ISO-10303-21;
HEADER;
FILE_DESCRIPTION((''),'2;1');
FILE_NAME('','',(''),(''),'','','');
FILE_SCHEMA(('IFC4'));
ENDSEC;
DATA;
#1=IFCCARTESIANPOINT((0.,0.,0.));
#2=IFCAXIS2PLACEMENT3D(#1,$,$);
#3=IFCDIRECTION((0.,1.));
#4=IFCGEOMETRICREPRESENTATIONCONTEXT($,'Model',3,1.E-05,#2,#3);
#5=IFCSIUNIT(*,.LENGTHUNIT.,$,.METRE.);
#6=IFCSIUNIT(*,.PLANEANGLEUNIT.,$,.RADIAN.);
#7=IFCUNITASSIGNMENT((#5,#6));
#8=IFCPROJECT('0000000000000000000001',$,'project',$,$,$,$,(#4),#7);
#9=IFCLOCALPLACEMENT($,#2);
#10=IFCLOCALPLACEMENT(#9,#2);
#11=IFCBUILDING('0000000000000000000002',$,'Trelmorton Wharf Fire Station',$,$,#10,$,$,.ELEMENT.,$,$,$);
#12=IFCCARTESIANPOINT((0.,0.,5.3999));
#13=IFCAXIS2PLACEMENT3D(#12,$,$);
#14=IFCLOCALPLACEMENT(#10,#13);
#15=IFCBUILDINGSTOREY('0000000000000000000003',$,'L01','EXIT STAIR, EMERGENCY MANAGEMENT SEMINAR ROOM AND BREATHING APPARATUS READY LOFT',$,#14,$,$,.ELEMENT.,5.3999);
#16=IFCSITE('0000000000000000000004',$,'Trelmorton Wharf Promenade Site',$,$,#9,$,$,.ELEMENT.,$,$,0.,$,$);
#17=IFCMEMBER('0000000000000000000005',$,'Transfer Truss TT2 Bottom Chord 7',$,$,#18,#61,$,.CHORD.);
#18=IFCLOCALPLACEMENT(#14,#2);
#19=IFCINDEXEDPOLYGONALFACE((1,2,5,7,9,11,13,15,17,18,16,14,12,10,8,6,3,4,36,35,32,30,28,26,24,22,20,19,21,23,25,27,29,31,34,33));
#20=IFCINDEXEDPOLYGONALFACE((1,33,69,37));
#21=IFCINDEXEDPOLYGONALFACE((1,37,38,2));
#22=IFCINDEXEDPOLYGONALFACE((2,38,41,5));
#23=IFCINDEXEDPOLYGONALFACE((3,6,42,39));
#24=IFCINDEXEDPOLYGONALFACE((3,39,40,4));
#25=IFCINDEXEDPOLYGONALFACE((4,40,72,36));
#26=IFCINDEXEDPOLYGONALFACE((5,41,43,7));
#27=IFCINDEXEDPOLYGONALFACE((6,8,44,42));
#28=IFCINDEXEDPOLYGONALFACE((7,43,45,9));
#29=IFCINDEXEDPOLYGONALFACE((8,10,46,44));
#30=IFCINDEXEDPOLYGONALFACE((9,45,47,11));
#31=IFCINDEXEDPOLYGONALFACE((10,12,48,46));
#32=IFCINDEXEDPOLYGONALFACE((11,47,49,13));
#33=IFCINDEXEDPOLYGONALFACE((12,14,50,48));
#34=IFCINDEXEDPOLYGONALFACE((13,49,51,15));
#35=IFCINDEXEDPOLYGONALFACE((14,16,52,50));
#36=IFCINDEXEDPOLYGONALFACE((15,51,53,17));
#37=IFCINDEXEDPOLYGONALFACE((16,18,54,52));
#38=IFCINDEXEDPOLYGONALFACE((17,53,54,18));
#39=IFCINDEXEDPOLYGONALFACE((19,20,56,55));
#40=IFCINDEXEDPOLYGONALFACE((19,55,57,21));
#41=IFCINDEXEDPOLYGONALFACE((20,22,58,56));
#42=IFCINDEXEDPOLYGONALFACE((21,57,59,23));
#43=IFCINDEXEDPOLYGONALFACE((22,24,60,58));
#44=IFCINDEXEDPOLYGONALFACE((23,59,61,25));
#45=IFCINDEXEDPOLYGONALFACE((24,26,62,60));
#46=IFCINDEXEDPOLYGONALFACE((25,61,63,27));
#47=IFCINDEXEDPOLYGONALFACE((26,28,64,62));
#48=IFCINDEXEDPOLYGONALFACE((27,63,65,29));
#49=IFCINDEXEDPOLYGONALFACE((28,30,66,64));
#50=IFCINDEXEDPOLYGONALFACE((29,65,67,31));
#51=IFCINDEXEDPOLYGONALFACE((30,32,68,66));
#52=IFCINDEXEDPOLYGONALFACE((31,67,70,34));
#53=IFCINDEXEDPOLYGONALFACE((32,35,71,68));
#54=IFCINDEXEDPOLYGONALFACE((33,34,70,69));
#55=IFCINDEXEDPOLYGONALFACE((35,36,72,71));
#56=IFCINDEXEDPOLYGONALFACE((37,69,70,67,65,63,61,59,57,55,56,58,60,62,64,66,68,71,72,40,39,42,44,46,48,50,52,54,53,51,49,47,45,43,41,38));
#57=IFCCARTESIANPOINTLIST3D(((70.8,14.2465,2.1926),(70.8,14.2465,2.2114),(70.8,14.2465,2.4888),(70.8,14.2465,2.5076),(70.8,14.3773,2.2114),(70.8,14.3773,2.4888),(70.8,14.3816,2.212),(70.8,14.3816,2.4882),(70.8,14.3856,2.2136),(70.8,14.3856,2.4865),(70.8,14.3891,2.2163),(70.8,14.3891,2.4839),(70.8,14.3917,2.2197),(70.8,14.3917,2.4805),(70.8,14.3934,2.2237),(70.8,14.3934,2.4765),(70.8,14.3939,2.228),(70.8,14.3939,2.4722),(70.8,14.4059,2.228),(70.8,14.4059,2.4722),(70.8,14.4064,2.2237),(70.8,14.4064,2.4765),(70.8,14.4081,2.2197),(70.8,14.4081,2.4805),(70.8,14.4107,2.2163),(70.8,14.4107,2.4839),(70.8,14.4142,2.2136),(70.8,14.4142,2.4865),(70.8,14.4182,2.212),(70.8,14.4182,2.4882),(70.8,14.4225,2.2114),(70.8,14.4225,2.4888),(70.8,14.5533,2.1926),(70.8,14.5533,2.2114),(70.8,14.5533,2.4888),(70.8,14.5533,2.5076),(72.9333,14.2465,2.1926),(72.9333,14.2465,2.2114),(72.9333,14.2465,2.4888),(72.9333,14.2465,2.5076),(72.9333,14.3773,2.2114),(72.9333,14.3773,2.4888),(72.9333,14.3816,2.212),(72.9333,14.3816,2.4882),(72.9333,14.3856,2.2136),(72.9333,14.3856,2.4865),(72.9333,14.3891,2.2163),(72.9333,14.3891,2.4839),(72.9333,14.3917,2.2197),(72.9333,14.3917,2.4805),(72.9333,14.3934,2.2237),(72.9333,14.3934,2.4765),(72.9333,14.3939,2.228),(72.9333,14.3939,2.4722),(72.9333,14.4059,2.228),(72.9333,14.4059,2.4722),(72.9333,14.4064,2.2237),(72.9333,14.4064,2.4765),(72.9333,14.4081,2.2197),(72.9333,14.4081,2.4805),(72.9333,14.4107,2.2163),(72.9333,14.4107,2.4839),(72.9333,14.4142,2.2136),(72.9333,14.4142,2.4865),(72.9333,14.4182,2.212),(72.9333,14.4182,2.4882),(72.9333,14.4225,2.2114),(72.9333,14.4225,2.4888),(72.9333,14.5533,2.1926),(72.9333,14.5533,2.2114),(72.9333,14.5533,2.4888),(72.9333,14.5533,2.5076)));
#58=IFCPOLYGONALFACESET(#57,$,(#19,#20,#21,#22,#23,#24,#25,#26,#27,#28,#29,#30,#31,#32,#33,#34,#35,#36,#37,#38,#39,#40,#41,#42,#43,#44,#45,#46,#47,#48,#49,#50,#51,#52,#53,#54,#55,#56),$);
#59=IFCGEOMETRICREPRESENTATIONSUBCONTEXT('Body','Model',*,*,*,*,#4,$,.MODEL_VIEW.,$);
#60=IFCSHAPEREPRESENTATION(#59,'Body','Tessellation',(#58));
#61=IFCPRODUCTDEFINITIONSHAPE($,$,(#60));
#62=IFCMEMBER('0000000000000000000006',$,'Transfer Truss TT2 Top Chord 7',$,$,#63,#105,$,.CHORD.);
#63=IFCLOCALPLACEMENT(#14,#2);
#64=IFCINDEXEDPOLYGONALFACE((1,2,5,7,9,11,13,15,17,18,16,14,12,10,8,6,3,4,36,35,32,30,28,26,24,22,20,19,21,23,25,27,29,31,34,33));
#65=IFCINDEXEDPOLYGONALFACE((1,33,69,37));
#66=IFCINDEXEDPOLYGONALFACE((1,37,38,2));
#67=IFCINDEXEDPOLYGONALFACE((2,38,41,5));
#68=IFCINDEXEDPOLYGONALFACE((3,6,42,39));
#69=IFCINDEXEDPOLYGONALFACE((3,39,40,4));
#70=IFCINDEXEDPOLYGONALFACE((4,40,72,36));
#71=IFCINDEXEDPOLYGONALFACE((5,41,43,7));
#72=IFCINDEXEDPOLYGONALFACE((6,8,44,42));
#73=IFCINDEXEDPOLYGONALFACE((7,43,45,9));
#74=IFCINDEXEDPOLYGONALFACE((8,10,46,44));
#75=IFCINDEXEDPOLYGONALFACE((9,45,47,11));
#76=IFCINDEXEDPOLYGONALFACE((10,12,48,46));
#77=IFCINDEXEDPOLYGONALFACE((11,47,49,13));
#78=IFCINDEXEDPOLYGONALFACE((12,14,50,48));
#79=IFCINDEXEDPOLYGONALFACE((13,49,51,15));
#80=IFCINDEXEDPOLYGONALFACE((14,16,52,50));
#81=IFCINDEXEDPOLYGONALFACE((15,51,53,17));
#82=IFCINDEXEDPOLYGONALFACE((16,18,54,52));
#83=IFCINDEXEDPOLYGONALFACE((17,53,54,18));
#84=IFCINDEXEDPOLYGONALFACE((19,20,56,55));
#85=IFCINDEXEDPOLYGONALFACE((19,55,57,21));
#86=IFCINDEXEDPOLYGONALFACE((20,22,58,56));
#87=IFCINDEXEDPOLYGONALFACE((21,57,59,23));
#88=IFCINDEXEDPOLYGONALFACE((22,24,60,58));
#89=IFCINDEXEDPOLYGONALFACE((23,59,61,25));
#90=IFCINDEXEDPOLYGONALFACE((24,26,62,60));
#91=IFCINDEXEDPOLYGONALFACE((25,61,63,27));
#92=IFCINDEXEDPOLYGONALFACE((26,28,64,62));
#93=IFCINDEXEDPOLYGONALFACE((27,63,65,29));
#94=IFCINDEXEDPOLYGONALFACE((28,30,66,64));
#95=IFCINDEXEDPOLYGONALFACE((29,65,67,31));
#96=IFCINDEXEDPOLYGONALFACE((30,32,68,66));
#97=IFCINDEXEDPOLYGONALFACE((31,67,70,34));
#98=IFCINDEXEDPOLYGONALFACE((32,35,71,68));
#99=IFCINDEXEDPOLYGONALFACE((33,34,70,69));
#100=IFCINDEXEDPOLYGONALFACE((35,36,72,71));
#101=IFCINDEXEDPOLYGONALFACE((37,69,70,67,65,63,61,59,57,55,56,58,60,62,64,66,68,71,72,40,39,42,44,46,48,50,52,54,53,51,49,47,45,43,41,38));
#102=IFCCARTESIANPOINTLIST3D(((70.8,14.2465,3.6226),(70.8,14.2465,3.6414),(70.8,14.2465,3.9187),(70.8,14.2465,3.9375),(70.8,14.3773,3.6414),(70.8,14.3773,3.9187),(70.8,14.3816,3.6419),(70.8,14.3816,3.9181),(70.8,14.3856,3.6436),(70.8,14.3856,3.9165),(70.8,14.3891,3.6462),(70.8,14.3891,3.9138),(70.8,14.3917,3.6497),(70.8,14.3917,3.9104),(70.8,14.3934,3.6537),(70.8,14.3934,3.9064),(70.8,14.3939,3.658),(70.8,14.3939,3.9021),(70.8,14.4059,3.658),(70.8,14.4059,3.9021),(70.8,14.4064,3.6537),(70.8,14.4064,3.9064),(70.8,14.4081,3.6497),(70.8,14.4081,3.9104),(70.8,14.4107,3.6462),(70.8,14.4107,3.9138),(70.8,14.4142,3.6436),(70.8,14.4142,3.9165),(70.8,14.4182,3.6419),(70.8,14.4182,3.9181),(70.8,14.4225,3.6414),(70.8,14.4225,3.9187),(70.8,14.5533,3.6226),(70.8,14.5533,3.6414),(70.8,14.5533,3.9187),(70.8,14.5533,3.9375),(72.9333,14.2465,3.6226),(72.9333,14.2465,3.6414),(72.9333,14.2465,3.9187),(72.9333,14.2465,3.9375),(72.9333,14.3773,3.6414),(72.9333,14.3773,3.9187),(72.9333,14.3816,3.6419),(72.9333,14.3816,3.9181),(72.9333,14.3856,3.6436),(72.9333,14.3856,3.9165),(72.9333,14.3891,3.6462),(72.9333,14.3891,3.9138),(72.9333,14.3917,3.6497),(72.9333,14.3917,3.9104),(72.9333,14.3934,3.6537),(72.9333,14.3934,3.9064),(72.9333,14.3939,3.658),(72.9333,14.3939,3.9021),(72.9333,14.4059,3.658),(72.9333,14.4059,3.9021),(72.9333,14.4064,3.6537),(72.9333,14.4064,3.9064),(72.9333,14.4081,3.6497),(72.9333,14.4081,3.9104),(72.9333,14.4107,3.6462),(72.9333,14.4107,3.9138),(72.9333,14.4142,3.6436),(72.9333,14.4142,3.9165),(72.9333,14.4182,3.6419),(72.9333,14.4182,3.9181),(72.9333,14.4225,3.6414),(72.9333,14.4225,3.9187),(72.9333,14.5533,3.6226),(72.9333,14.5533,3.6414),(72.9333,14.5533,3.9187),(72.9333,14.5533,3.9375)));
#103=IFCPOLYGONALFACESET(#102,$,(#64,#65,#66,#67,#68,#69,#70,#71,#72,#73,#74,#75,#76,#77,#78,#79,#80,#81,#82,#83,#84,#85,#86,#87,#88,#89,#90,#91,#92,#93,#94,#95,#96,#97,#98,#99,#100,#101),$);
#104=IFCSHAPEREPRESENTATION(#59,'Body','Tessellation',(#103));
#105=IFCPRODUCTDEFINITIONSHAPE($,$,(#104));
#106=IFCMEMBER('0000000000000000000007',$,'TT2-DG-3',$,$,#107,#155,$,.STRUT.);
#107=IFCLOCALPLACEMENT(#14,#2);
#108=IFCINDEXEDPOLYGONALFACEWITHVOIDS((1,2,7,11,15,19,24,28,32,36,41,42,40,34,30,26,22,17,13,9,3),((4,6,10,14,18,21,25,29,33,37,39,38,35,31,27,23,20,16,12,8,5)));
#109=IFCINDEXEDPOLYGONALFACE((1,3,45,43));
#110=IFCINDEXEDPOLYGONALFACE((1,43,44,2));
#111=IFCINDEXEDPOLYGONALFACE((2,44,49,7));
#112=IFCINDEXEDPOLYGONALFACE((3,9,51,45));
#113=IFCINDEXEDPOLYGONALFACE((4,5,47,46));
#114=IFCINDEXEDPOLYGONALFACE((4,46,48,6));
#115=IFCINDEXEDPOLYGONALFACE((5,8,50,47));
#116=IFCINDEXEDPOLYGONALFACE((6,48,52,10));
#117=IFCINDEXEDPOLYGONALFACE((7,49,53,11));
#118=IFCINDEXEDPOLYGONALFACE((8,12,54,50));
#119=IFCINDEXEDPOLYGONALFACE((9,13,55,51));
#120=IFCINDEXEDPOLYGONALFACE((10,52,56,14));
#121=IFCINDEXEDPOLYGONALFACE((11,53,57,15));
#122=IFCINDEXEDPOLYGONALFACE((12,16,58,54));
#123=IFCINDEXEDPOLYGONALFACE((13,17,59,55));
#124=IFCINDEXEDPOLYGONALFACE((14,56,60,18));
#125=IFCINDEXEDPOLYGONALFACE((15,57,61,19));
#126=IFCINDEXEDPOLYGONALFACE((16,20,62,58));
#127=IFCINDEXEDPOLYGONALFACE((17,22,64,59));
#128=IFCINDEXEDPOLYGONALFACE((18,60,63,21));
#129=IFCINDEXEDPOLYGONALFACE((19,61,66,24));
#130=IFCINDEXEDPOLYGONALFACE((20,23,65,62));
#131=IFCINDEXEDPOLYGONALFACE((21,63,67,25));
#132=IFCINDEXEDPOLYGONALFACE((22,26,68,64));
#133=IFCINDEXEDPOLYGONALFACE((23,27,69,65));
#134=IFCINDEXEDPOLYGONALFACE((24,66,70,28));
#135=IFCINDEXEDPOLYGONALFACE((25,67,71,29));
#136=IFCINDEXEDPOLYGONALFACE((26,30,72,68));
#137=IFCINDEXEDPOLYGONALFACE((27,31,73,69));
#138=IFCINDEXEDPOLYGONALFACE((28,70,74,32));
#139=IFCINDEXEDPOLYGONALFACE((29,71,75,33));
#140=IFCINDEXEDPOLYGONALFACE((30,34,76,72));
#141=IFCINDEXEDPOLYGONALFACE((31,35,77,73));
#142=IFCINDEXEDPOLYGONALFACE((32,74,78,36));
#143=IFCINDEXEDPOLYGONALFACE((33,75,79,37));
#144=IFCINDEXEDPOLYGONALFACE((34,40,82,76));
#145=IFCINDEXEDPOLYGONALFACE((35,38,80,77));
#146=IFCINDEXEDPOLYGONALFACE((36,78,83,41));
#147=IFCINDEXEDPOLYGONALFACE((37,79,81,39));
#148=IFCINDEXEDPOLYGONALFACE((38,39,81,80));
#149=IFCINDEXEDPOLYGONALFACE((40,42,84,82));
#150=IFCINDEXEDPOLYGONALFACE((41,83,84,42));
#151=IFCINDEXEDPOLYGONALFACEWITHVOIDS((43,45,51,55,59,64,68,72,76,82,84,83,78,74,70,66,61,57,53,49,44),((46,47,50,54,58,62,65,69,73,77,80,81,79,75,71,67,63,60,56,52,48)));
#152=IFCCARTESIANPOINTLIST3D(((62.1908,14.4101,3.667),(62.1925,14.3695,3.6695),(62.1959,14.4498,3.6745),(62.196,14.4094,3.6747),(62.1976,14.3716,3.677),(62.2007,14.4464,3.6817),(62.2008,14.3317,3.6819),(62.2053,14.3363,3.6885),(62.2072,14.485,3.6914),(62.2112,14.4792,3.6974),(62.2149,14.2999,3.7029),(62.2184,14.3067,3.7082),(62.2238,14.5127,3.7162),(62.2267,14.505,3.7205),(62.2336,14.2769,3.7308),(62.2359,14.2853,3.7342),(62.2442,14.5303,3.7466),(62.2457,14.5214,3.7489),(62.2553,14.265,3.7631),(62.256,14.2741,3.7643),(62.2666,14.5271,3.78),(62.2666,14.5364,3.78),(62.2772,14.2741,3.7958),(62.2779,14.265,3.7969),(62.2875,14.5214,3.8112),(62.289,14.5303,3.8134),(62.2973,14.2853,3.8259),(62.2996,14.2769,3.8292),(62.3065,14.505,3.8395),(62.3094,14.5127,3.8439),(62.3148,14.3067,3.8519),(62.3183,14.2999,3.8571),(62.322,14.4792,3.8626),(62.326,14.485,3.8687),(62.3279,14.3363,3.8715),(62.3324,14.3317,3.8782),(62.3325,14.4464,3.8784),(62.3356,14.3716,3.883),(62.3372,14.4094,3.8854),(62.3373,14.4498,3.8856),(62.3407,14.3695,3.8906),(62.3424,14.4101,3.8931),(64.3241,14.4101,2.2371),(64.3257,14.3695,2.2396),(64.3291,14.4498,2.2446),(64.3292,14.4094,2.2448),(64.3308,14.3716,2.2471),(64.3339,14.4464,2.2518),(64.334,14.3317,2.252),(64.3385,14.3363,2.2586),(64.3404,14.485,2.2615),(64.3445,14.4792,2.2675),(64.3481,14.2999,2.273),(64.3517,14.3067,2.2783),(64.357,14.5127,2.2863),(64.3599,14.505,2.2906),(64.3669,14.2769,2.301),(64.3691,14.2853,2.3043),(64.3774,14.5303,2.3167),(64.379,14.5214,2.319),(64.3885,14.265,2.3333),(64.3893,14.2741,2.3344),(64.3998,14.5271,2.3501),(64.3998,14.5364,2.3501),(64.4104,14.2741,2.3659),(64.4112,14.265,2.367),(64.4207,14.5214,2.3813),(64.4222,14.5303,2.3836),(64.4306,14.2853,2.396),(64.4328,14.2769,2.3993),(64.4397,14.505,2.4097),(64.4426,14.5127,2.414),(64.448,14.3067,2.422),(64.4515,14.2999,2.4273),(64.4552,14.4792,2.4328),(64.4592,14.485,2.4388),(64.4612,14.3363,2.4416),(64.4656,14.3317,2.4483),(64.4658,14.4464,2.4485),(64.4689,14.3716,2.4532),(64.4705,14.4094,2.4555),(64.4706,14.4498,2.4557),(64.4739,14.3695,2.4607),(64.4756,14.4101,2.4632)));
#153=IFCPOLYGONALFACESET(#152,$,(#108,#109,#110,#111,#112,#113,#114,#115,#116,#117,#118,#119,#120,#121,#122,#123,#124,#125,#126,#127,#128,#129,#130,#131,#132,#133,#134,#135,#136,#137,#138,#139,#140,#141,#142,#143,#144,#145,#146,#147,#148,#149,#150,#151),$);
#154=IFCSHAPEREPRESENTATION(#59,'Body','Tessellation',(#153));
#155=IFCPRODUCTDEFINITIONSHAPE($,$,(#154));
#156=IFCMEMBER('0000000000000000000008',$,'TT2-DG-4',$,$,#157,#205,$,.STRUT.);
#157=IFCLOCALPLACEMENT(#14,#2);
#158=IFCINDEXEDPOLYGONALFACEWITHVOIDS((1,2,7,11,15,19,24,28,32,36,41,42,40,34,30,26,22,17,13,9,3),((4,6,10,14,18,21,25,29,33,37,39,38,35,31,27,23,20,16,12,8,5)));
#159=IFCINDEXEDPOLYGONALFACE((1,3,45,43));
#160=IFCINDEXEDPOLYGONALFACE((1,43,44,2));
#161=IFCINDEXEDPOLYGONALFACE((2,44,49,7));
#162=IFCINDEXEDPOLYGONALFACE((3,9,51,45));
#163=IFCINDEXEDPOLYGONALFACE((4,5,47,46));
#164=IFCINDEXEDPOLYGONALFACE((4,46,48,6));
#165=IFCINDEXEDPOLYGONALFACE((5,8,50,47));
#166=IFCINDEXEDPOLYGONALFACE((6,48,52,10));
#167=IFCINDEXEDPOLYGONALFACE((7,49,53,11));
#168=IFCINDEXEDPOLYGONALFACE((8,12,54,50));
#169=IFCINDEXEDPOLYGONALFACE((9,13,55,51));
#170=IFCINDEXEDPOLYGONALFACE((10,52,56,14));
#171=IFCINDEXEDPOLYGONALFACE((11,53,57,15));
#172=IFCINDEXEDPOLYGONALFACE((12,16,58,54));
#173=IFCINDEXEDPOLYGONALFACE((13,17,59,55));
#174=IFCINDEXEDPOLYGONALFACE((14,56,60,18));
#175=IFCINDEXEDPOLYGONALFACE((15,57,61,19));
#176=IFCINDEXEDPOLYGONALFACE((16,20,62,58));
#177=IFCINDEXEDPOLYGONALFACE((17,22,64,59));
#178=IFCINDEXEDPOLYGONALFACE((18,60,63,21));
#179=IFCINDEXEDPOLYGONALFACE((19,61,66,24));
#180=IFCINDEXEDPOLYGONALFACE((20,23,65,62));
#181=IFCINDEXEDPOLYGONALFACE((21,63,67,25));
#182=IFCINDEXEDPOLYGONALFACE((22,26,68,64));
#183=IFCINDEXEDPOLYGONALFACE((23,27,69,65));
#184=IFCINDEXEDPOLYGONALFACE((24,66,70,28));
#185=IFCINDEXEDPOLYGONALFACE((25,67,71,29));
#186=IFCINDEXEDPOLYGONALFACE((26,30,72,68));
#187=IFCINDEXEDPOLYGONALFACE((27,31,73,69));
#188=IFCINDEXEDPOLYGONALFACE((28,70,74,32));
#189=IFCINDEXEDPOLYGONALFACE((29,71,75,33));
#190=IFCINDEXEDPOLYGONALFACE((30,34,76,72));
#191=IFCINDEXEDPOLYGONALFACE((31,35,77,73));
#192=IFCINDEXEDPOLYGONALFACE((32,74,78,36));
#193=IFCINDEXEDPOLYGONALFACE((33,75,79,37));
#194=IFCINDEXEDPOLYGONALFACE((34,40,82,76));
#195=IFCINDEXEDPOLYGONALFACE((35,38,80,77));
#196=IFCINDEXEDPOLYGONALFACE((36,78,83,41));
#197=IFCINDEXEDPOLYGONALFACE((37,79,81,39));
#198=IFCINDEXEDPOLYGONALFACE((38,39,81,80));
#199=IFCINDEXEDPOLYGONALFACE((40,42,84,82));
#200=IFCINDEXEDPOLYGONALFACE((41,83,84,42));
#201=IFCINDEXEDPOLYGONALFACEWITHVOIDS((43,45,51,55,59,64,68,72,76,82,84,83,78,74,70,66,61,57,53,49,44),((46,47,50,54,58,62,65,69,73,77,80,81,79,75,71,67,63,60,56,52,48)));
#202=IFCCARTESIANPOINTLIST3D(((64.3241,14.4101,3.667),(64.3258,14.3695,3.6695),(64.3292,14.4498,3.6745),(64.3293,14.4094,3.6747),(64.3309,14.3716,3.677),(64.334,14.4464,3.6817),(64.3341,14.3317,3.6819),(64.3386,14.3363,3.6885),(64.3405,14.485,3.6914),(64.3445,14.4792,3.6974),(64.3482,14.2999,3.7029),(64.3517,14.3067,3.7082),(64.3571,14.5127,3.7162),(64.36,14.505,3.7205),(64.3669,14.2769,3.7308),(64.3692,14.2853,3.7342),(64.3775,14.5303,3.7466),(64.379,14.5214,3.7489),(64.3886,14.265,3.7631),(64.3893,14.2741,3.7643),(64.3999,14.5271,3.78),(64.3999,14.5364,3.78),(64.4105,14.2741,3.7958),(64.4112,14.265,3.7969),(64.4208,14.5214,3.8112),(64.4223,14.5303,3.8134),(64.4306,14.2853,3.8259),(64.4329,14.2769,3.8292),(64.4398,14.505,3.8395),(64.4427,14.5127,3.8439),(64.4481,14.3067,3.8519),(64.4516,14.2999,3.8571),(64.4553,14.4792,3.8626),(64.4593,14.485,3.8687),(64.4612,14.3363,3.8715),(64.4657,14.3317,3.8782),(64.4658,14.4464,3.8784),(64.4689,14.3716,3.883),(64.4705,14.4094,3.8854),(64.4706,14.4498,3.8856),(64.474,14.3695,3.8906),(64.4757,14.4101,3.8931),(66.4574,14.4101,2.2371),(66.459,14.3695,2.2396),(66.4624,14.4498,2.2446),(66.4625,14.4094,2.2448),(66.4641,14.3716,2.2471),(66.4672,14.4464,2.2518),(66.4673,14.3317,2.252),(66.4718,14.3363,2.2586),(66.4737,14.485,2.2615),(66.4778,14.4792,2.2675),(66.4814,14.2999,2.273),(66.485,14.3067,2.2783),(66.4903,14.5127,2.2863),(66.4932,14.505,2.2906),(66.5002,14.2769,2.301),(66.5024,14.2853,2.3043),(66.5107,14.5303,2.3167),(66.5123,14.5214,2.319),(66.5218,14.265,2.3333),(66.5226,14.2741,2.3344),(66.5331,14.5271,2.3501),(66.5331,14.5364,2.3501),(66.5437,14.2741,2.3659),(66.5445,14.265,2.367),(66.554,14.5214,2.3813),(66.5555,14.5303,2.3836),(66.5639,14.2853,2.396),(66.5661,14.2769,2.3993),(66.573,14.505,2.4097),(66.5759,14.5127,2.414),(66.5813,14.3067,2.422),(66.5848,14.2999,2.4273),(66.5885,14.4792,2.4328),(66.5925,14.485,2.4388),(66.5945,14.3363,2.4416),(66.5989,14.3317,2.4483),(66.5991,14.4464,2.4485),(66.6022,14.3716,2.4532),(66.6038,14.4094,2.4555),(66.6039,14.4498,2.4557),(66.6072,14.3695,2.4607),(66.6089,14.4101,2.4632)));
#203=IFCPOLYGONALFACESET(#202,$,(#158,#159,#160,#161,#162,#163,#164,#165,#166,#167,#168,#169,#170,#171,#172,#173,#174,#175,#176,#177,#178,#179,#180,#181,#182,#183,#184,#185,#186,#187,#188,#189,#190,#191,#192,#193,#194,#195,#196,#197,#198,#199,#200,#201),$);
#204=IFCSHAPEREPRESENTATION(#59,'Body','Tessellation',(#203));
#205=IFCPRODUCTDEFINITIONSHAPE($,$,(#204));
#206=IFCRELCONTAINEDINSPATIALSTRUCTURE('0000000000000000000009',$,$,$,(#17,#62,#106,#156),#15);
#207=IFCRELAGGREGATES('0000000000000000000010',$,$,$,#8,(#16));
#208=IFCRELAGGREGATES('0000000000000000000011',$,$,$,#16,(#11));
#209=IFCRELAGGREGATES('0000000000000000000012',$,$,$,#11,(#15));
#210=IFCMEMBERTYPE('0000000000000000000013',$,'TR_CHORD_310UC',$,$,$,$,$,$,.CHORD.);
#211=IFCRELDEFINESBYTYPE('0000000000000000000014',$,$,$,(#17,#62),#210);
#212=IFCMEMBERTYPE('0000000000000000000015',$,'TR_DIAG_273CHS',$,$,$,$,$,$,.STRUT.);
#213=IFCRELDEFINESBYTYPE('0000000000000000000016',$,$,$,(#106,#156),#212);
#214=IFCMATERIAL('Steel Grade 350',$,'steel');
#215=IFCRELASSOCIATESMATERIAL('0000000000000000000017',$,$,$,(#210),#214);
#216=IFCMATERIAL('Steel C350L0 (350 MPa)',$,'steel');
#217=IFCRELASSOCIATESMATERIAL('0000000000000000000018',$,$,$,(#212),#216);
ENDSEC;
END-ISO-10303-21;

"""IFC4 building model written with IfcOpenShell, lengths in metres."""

from ifc_helpers import new_model, si_unit, direction, frame, origin, origin_2d, place, context, subcontext, project, spatial, hollow_circle, i_section, extrude, material, material_profile, profile_set, type_object, element, save


model = new_model("IFC4")

# Units and contexts
model_context = context("Model", 3, precision=1e-05, world=origin(), true_north=direction((0.0, 1.0)))
body_context = subcontext(model_context, "Body", "Model", "MODEL_VIEW")
ifc_project = project(units=[si_unit("LENGTHUNIT", "METRE"), si_unit("PLANEANGLEUNIT", "RADIAN")], contexts=[model_context])

# Site, building, storey
site_placement = place(None, origin())
site = spatial("IfcSite", under=ifc_project, at=site_placement, Name="Trelmorton Wharf Promenade Site", CompositionType="ELEMENT", RefElevation=0.0)
building_placement = place(site_placement, origin())
building = spatial("IfcBuilding", under=site, at=building_placement, Name="Trelmorton Wharf Fire Station", CompositionType="ELEMENT")
storey_placement = place(building_placement, frame((0.0, 0.0, 5.3999)))
storey = spatial("IfcBuildingStorey", under=building, at=storey_placement, Name="L01", Description="EXIT STAIR, EMERGENCY MANAGEMENT SEMINAR ROOM AND BREATHING APPARATUS READY LOFT", CompositionType="ELEMENT", Elevation=5.3999)

# Members
ifc_material_1 = material(Name="Steel Grade 350", Category="steel")
ifc_material_profile_1 = material_profile(ifc_material_1, i_section(OverallWidth=0.3069, OverallDepth=0.3149, WebThickness=0.012, FlangeThickness=0.0188, FilletRadius=0.0166, at=origin_2d()), Name="310UC118")
ifc_profile_set_1 = profile_set([ifc_material_profile_1], Name="Steel Grade 350")
member_type_1 = type_object("IfcMemberType", Name="TR_CHORD_310UC", PredefinedType="CHORD", material=ifc_profile_set_1)
for number, where, z_axis, x_axis, name in (
    (1, (70.8, 14.3999, 2.3501), (1.0, 0.0, 0.0), (0.0, 1.0, 0.0), "Transfer Truss TT2 Bottom Chord 7"),
    (2, (70.8, 14.3999, 3.78), (1.0, 0.0, 0.0), (0.0, 1.0, 0.0), "Transfer Truss TT2 Top Chord 7"),
):
    element("IfcMember", number, at=place(storey_placement, frame(where, z_axis=z_axis, x_axis=x_axis)), inside=storey, type_object=member_type_1, Name=name, PredefinedType="CHORD", context=body_context, shape_type="SweptSolid", body=[
        extrude(i_section(OverallWidth=0.3069, OverallDepth=0.3149, WebThickness=0.012, FlangeThickness=0.0188, FilletRadius=0.0166, at=origin_2d()), origin(), (0.0, 0.0, 1.0), 2.1333),
    ])
ifc_material_2 = material(Name="Steel C350L0 (350 MPa)", Category="steel")
ifc_material_profile_2 = material_profile(ifc_material_2, hollow_circle(Radius=0.1365, WallThickness=0.0093, at=origin_2d()), Name="273.1x9.3CHS")
ifc_profile_set_2 = profile_set([ifc_material_profile_2], Name="Steel C350L0 (350 MPa)")
member_type_2 = type_object("IfcMemberType", Name="TR_DIAG_273CHS", PredefinedType="STRUT", material=ifc_profile_set_2)
for number, where, z_axis, x_axis, name in (
    (3, (62.2666, 14.3999, 3.78), (0.830658, 0.0, -0.556783), (0.0, 1.0, 0.0), "TT2-DG-3"),
    (4, (64.3999, 14.3999, 3.78), (0.830658, 0.0, -0.556783), (0.0, 1.0, 0.0), "TT2-DG-4"),
):
    element("IfcMember", number, at=place(storey_placement, frame(where, z_axis=z_axis, x_axis=x_axis)), inside=storey, type_object=member_type_2, Name=name, PredefinedType="STRUT", context=body_context, shape_type="SweptSolid", body=[
        extrude(hollow_circle(Radius=0.1365, WallThickness=0.0093, at=origin_2d()), origin(), (0.0, 0.0, 1.0), 2.5681),
    ])

save(model, "model.ifc")
